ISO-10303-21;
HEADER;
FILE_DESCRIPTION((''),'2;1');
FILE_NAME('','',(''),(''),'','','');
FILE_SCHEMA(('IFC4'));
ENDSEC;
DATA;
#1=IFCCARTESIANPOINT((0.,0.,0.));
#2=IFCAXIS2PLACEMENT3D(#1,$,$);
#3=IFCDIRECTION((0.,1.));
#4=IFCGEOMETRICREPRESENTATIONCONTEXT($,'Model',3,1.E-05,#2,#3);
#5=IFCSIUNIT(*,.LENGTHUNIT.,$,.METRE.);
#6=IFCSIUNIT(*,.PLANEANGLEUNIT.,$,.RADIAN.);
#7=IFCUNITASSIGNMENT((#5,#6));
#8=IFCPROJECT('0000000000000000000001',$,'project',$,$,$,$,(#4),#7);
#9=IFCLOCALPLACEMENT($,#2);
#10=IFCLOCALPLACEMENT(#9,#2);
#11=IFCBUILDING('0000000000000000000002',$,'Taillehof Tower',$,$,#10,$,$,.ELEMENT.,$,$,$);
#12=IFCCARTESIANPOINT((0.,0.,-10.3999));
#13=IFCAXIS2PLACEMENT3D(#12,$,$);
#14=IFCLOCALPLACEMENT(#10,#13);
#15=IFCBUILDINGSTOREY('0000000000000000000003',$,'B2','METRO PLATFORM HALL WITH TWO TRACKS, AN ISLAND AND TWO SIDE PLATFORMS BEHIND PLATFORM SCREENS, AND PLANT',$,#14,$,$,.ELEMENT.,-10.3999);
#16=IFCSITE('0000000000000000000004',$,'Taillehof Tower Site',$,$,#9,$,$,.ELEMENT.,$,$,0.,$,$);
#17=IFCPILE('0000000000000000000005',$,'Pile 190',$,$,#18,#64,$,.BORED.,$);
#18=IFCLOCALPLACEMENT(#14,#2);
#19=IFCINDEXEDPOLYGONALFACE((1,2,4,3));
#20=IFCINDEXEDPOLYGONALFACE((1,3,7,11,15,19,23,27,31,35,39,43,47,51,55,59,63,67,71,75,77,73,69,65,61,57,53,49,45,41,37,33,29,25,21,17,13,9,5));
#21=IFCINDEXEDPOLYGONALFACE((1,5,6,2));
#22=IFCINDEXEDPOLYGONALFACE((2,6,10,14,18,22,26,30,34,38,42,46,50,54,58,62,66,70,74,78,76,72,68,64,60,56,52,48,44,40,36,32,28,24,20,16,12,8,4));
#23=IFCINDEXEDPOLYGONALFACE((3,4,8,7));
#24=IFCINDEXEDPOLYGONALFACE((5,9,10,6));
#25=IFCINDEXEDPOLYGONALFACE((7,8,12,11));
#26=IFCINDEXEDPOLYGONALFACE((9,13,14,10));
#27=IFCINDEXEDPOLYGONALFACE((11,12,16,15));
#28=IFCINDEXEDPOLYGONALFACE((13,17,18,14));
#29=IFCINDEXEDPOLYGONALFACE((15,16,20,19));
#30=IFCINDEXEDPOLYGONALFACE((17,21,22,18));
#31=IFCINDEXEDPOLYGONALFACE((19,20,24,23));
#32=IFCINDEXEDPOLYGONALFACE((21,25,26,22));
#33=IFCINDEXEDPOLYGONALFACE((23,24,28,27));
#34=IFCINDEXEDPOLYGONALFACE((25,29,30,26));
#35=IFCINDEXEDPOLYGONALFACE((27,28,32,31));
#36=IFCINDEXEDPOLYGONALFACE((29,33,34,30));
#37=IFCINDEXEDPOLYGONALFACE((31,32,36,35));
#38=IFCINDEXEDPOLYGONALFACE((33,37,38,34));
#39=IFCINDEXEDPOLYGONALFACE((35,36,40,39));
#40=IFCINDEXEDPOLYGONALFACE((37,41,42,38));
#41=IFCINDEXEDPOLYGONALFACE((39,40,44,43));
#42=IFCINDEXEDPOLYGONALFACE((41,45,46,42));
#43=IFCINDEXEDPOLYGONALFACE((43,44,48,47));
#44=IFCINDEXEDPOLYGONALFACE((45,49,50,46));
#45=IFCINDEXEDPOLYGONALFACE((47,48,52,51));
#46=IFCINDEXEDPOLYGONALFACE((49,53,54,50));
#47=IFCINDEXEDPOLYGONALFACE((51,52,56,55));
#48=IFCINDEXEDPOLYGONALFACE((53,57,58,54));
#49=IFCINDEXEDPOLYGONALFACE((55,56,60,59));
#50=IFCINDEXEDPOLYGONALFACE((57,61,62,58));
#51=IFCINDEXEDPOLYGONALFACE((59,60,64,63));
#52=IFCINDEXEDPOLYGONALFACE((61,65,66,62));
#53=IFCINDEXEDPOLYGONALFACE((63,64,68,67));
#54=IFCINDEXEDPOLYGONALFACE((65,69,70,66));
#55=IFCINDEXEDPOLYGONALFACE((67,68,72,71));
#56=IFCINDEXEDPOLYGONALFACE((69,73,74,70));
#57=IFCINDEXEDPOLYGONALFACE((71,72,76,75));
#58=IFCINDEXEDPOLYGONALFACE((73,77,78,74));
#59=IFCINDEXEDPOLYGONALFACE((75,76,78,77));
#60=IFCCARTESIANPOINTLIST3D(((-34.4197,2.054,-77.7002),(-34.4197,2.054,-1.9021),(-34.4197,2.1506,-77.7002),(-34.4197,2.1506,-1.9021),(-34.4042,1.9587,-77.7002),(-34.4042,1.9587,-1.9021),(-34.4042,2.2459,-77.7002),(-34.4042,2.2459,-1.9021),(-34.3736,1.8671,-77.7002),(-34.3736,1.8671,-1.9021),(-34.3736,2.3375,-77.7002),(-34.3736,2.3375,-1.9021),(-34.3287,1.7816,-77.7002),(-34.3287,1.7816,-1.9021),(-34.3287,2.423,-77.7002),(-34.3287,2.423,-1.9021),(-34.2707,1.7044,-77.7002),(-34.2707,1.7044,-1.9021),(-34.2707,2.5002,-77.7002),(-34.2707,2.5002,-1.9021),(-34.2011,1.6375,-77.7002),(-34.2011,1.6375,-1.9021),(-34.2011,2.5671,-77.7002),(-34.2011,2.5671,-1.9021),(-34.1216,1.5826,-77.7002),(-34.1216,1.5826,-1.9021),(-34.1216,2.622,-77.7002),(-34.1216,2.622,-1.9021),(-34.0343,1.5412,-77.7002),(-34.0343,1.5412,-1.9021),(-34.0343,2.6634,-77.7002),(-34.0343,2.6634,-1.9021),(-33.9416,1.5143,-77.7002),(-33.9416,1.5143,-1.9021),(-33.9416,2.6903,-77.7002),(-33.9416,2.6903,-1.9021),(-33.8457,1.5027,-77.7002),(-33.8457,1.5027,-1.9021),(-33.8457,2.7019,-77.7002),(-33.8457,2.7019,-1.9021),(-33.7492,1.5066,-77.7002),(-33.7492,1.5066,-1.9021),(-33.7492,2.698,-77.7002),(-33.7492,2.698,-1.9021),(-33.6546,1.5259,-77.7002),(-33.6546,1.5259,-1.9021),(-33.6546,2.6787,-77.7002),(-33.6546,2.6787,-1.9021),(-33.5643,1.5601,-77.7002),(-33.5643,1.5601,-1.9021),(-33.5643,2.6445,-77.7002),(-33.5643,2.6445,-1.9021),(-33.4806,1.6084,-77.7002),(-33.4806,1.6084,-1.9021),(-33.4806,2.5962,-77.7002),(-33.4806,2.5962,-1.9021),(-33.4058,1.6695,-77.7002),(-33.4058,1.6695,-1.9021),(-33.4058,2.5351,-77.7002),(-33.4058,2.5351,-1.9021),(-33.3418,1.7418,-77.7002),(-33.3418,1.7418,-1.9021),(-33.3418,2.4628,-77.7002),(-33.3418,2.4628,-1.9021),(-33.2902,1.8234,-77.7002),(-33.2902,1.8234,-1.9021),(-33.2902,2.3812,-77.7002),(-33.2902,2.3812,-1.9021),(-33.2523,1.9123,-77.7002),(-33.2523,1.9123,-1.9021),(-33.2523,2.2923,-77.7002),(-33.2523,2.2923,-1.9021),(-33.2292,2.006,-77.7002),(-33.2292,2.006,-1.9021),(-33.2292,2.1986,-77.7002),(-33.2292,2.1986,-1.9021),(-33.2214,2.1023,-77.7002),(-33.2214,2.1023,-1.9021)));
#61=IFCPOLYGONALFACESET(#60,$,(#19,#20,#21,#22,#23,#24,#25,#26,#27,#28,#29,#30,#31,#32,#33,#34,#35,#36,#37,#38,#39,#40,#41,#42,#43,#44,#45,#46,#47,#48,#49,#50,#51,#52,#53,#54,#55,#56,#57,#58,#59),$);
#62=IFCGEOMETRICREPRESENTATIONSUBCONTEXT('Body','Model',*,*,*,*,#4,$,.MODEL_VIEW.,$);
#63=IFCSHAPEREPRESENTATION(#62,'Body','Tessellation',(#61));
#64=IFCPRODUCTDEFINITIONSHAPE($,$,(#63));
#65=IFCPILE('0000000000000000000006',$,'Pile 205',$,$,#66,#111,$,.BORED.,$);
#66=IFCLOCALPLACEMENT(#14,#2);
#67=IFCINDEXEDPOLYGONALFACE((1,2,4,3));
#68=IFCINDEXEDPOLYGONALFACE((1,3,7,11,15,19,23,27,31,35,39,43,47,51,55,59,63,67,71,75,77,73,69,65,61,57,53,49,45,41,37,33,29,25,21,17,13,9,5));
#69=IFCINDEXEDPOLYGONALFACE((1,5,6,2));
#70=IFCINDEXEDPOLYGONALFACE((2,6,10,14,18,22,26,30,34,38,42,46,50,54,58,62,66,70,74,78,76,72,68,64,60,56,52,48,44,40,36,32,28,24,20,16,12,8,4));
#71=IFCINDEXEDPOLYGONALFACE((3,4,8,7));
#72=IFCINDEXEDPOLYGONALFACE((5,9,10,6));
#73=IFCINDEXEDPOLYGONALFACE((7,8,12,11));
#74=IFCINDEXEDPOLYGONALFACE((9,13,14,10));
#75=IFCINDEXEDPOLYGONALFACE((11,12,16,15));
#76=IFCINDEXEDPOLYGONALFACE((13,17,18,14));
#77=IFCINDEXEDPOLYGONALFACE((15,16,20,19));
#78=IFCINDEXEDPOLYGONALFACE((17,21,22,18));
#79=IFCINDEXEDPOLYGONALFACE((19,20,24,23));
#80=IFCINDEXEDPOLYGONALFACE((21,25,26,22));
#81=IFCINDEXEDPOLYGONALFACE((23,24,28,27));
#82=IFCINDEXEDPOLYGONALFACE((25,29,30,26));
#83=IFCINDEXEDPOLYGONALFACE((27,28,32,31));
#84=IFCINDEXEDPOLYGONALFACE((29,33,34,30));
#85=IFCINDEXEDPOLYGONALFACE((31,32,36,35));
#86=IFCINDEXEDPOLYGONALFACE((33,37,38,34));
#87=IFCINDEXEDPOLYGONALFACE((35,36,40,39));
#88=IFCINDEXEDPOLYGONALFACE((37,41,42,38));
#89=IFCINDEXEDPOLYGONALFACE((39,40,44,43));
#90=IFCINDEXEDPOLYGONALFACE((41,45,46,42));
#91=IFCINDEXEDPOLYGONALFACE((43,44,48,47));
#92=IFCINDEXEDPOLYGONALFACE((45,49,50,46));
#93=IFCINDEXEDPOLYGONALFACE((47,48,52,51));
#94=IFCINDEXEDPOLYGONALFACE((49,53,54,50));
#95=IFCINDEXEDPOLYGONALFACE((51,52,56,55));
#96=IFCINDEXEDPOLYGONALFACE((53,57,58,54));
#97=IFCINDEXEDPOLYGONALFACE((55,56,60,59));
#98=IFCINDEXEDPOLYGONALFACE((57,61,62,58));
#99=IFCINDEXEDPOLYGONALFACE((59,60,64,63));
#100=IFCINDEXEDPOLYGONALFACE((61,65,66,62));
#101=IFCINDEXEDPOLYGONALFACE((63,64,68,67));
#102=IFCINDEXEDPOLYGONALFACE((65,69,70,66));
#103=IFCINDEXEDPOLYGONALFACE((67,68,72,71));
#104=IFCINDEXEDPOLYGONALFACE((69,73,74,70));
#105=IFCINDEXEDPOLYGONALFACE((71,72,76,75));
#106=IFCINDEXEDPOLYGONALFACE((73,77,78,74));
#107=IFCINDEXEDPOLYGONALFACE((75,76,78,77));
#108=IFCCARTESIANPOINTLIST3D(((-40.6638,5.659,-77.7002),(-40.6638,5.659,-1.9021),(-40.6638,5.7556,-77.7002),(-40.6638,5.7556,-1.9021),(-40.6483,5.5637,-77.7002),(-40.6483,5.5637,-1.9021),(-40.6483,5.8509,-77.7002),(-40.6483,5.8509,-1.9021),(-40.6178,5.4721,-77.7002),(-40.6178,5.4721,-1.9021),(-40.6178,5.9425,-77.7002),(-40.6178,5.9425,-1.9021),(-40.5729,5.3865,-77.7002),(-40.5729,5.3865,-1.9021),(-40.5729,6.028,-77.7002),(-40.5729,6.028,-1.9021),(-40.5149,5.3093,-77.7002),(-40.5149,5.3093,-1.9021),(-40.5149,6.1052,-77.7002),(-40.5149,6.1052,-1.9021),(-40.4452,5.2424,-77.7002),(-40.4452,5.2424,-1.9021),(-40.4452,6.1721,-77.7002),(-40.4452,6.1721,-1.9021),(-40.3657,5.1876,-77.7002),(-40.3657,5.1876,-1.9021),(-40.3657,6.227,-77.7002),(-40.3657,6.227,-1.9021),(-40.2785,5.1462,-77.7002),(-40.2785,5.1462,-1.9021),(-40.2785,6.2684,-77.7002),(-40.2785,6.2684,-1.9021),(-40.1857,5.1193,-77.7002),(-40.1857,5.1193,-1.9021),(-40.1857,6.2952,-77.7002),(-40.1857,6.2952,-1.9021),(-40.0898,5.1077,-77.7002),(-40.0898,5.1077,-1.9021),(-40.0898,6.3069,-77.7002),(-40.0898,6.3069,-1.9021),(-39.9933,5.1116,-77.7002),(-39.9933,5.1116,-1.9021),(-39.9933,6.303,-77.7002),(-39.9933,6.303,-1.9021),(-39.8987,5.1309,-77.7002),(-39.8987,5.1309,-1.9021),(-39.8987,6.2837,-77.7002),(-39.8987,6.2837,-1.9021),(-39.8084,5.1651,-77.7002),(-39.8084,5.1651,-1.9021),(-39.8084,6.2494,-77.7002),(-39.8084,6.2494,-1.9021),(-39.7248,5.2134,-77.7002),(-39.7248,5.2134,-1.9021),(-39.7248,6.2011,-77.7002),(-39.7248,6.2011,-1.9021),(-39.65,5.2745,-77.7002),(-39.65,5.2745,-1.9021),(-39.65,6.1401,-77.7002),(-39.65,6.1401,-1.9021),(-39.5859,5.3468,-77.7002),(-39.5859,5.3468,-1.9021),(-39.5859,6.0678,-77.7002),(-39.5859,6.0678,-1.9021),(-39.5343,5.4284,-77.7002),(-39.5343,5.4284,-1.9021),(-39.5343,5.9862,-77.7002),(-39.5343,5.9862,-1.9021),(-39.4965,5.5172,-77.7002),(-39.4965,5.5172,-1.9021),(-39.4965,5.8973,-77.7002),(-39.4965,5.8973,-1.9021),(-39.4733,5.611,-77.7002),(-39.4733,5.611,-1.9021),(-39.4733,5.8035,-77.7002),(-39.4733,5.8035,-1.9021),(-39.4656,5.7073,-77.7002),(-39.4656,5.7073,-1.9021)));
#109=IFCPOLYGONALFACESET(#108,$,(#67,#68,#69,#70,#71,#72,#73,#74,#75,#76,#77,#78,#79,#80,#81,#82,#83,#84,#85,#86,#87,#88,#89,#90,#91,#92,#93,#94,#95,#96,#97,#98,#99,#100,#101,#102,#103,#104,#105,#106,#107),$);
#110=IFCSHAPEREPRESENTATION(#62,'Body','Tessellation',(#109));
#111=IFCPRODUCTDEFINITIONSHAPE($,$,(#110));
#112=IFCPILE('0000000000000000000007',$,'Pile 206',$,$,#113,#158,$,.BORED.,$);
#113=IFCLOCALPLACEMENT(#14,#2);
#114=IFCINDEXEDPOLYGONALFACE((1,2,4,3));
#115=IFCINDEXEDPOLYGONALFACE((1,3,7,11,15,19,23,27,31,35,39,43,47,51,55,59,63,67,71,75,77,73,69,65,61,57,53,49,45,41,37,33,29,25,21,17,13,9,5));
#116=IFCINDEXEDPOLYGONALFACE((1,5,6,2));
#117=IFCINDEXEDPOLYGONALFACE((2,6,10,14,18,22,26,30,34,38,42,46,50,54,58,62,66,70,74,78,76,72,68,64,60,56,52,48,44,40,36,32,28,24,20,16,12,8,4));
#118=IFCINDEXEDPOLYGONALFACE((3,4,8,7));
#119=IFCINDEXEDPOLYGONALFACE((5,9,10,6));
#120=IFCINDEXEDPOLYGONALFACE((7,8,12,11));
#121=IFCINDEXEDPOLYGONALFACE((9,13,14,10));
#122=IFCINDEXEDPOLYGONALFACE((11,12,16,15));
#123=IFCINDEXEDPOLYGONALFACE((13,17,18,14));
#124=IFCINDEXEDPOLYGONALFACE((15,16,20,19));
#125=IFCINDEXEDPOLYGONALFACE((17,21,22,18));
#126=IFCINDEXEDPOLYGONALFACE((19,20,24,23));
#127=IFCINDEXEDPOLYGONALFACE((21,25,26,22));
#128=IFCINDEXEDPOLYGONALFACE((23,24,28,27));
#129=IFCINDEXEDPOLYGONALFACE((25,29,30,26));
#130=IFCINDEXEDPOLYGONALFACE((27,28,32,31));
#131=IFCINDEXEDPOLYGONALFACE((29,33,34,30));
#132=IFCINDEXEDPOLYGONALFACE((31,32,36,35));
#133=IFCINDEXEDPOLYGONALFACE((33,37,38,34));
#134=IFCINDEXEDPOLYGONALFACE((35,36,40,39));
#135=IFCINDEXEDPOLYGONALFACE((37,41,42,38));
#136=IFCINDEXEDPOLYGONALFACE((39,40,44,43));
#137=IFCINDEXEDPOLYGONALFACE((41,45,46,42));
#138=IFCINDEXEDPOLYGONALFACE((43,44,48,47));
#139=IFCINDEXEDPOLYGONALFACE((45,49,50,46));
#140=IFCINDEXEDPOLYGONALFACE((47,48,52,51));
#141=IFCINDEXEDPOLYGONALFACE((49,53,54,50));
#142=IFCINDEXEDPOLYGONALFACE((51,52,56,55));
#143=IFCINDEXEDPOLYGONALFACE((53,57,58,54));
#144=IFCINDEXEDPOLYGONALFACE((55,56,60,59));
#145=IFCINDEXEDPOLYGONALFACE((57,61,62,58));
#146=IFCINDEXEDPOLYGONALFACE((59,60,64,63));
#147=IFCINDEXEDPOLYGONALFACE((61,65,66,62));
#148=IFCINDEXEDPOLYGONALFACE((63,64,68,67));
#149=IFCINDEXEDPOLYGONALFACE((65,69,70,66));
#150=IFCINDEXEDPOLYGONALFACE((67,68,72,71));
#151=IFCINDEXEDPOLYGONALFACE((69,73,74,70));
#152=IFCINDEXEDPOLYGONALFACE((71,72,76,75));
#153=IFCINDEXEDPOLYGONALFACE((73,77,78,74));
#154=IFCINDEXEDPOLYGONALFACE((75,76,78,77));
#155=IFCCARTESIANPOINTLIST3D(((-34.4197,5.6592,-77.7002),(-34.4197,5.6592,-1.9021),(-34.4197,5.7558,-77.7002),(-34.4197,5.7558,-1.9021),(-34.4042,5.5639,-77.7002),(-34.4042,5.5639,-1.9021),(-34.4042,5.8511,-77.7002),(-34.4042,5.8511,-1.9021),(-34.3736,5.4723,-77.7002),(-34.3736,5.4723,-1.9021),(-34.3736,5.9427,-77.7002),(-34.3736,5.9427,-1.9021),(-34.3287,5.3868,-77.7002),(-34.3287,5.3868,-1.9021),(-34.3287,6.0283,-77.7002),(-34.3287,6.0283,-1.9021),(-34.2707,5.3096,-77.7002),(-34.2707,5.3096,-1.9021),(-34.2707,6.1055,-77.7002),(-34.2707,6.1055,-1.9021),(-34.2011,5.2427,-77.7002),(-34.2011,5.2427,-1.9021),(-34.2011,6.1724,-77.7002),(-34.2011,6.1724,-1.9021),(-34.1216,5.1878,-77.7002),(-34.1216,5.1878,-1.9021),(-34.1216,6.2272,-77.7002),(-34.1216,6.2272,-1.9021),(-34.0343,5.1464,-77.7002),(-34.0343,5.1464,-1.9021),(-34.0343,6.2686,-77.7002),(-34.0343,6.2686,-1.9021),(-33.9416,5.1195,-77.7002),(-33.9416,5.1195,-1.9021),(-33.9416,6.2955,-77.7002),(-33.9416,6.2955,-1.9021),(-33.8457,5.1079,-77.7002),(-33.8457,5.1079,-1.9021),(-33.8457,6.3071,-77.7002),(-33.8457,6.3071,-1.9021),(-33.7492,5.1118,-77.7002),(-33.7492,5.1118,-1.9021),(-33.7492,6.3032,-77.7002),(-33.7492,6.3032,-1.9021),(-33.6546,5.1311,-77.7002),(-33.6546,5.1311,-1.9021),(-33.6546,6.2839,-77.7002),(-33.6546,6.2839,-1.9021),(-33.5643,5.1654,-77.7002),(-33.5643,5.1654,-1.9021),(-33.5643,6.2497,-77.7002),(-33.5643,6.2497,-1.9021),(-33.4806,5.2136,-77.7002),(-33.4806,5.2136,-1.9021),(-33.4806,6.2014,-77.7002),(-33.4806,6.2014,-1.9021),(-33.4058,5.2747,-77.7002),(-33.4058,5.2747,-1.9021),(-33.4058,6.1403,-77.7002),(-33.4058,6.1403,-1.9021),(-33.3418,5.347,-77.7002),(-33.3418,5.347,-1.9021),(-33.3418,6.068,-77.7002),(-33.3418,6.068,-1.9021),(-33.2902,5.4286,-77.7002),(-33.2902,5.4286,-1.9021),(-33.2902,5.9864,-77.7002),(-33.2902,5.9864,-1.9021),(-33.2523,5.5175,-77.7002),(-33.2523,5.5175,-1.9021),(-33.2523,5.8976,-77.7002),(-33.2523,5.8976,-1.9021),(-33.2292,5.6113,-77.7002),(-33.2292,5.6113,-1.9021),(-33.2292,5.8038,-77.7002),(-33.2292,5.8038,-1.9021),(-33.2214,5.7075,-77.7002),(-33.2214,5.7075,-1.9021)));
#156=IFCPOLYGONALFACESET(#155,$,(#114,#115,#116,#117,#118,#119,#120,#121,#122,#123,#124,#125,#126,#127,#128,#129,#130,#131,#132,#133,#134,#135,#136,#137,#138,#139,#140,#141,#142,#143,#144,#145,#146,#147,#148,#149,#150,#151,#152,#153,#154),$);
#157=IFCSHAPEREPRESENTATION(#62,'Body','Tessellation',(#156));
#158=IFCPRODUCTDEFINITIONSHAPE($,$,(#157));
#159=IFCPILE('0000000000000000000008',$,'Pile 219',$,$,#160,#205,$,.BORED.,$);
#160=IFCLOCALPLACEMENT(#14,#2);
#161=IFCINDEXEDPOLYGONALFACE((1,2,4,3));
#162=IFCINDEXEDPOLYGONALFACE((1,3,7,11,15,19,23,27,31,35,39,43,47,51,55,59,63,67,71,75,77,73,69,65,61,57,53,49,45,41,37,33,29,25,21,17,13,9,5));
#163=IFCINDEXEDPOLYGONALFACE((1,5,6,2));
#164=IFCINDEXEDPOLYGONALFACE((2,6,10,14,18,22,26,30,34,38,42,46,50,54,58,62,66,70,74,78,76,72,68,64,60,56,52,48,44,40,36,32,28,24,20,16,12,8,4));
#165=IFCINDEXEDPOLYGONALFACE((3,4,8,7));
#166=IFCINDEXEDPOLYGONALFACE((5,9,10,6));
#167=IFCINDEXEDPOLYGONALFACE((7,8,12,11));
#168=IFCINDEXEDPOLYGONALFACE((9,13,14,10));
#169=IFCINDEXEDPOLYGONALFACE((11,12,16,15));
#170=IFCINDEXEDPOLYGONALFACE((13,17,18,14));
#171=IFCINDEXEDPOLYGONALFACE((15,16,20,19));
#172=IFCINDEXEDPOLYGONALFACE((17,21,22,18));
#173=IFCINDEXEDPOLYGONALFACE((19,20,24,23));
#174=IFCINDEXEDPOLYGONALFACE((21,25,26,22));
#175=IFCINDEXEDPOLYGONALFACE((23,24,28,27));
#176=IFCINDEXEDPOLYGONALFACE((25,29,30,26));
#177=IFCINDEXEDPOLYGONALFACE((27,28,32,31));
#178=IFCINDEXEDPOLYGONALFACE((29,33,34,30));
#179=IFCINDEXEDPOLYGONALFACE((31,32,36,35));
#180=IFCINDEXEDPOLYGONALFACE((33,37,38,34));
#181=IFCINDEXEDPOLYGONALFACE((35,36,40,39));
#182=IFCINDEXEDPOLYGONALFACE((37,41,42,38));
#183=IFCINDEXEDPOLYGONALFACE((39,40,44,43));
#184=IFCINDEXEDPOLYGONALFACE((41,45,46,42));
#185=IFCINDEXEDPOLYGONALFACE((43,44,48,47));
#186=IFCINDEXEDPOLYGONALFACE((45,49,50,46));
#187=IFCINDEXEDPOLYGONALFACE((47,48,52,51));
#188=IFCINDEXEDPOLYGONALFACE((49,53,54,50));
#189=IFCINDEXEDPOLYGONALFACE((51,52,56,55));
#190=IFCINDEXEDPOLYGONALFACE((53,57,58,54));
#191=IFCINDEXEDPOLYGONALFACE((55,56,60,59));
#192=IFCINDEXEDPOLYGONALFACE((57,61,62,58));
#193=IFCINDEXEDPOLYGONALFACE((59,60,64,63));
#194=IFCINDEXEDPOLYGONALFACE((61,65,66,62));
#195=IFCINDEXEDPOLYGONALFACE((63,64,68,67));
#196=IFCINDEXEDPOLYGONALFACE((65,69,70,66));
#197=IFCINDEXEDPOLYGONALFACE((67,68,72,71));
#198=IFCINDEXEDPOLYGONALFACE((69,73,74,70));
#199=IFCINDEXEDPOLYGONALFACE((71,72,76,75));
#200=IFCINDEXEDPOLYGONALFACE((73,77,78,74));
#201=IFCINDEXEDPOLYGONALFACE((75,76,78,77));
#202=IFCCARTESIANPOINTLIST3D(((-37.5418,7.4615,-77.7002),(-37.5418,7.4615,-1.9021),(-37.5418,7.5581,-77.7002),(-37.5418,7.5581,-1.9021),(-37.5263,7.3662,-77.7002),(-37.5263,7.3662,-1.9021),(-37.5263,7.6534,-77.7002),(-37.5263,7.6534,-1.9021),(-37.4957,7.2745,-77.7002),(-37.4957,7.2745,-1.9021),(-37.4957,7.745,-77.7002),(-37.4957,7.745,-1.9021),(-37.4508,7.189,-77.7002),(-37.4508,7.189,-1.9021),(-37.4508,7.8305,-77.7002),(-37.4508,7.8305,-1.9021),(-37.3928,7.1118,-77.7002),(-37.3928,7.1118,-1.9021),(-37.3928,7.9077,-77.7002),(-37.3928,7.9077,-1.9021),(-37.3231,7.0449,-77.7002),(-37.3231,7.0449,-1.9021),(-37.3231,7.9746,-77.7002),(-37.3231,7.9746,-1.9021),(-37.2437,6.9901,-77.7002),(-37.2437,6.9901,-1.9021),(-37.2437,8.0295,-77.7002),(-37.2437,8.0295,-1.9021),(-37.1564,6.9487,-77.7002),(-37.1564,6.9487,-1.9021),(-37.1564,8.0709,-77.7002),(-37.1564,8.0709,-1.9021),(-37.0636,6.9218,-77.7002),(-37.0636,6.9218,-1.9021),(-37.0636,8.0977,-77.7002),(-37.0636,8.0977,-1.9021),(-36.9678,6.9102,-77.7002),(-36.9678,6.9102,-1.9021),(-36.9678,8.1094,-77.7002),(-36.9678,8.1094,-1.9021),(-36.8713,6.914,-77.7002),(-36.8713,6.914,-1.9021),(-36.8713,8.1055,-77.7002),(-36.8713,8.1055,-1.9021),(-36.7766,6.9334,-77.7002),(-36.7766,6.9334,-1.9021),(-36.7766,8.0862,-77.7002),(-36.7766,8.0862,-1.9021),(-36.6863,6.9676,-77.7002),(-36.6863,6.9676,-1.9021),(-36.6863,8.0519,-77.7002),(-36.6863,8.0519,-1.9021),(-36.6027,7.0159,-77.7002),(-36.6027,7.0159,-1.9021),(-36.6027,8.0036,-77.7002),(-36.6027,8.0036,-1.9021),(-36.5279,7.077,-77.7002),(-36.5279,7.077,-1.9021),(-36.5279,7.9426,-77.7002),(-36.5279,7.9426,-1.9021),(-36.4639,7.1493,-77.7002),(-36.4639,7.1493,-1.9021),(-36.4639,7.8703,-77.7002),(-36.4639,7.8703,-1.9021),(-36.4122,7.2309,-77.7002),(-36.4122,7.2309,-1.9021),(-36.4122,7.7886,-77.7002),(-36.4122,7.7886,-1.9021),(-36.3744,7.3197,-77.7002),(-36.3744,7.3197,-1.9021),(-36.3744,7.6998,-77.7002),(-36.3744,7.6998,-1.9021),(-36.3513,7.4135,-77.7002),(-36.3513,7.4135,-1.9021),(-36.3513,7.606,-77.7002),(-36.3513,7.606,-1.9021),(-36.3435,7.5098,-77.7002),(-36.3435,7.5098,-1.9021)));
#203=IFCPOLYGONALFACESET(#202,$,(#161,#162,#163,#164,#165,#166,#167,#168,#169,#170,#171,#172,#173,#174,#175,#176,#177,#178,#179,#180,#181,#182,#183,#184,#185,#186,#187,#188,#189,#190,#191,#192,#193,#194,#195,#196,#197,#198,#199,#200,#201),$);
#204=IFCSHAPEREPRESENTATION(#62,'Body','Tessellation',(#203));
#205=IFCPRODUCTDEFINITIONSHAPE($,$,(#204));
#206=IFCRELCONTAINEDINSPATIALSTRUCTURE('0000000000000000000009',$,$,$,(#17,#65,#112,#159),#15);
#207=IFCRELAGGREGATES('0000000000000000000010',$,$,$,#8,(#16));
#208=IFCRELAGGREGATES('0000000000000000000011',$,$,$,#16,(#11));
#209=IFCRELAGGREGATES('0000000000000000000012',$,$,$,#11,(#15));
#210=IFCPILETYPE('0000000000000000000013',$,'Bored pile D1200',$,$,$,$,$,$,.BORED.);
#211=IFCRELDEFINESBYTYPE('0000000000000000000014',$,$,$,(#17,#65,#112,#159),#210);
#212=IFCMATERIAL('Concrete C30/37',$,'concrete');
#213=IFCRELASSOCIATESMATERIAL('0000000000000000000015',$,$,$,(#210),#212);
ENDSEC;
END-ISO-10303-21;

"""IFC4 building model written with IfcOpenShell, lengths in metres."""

from ifc_helpers import new_model, si_unit, direction, frame, origin, origin_2d, place, context, subcontext, project, spatial, circle, extrude, material, material_profile, profile_set, type_object, element, save


model = new_model("IFC4")

# Units and contexts
model_context = context("Model", 3, precision=1e-05, world=origin(), true_north=direction((0.0, 1.0)))
body_context = subcontext(model_context, "Body", "Model", "MODEL_VIEW")
ifc_project = project(units=[si_unit("LENGTHUNIT", "METRE"), si_unit("PLANEANGLEUNIT", "RADIAN")], contexts=[model_context])

# Site, building, storey
site_placement = place(None, origin())
site = spatial("IfcSite", under=ifc_project, at=site_placement, Name="Taillehof Tower Site", CompositionType="ELEMENT", RefElevation=0.0)
building_placement = place(site_placement, origin())
building = spatial("IfcBuilding", under=site, at=building_placement, Name="Taillehof Tower", CompositionType="ELEMENT")
storey_placement = place(building_placement, frame((0.0, 0.0, -10.3999)))
storey = spatial("IfcBuildingStorey", under=building, at=storey_placement, Name="B2", Description="METRO PLATFORM HALL WITH TWO TRACKS, AN ISLAND AND TWO SIDE PLATFORMS BEHIND PLATFORM SCREENS, AND PLANT", CompositionType="ELEMENT", Elevation=-10.3999)

# Piles
ifc_material_1 = material(Name="Concrete C30/37", Category="concrete")
ifc_material_profile_1 = material_profile(ifc_material_1, circle(Radius=0.6001, at=origin_2d()), Name="BP D1200")
ifc_profile_set_1 = profile_set([ifc_material_profile_1], Name="Concrete C30/37")
pile_type = type_object("IfcPileType", Name="Bored pile D1200", PredefinedType="BORED", material=ifc_profile_set_1)
for number, where, z_axis, x_axis, name in (
    (1, (-33.8215, 2.1023, -1.9021), (0.0, 0.0, -1.0), (1.0, 0.0, 0.0), "Pile 190"),
    (2, (-40.0657, 5.7073, -1.9021), (0.0, 0.0, -1.0), (1.0, 0.0, 0.0), "Pile 205"),
    (3, (-33.8215, 5.7075, -1.9021), (0.0, 0.0, -1.0), (1.0, 0.0, 0.0), "Pile 206"),
    (4, (-36.9436, 7.5098, -1.9021), (0.0, 0.0, -1.0), (1.0, 0.0, 0.0), "Pile 219"),
):
    element("IfcPile", number, at=place(storey_placement, frame(where, z_axis=z_axis, x_axis=x_axis)), inside=storey, type_object=pile_type, Name=name, PredefinedType="BORED", context=body_context, shape_type="SweptSolid", body=[
        extrude(circle(Radius=0.6001, at=origin_2d()), origin(), (0.0, 0.0, 1.0), 75.7981),
    ])

save(model, "model.ifc")
